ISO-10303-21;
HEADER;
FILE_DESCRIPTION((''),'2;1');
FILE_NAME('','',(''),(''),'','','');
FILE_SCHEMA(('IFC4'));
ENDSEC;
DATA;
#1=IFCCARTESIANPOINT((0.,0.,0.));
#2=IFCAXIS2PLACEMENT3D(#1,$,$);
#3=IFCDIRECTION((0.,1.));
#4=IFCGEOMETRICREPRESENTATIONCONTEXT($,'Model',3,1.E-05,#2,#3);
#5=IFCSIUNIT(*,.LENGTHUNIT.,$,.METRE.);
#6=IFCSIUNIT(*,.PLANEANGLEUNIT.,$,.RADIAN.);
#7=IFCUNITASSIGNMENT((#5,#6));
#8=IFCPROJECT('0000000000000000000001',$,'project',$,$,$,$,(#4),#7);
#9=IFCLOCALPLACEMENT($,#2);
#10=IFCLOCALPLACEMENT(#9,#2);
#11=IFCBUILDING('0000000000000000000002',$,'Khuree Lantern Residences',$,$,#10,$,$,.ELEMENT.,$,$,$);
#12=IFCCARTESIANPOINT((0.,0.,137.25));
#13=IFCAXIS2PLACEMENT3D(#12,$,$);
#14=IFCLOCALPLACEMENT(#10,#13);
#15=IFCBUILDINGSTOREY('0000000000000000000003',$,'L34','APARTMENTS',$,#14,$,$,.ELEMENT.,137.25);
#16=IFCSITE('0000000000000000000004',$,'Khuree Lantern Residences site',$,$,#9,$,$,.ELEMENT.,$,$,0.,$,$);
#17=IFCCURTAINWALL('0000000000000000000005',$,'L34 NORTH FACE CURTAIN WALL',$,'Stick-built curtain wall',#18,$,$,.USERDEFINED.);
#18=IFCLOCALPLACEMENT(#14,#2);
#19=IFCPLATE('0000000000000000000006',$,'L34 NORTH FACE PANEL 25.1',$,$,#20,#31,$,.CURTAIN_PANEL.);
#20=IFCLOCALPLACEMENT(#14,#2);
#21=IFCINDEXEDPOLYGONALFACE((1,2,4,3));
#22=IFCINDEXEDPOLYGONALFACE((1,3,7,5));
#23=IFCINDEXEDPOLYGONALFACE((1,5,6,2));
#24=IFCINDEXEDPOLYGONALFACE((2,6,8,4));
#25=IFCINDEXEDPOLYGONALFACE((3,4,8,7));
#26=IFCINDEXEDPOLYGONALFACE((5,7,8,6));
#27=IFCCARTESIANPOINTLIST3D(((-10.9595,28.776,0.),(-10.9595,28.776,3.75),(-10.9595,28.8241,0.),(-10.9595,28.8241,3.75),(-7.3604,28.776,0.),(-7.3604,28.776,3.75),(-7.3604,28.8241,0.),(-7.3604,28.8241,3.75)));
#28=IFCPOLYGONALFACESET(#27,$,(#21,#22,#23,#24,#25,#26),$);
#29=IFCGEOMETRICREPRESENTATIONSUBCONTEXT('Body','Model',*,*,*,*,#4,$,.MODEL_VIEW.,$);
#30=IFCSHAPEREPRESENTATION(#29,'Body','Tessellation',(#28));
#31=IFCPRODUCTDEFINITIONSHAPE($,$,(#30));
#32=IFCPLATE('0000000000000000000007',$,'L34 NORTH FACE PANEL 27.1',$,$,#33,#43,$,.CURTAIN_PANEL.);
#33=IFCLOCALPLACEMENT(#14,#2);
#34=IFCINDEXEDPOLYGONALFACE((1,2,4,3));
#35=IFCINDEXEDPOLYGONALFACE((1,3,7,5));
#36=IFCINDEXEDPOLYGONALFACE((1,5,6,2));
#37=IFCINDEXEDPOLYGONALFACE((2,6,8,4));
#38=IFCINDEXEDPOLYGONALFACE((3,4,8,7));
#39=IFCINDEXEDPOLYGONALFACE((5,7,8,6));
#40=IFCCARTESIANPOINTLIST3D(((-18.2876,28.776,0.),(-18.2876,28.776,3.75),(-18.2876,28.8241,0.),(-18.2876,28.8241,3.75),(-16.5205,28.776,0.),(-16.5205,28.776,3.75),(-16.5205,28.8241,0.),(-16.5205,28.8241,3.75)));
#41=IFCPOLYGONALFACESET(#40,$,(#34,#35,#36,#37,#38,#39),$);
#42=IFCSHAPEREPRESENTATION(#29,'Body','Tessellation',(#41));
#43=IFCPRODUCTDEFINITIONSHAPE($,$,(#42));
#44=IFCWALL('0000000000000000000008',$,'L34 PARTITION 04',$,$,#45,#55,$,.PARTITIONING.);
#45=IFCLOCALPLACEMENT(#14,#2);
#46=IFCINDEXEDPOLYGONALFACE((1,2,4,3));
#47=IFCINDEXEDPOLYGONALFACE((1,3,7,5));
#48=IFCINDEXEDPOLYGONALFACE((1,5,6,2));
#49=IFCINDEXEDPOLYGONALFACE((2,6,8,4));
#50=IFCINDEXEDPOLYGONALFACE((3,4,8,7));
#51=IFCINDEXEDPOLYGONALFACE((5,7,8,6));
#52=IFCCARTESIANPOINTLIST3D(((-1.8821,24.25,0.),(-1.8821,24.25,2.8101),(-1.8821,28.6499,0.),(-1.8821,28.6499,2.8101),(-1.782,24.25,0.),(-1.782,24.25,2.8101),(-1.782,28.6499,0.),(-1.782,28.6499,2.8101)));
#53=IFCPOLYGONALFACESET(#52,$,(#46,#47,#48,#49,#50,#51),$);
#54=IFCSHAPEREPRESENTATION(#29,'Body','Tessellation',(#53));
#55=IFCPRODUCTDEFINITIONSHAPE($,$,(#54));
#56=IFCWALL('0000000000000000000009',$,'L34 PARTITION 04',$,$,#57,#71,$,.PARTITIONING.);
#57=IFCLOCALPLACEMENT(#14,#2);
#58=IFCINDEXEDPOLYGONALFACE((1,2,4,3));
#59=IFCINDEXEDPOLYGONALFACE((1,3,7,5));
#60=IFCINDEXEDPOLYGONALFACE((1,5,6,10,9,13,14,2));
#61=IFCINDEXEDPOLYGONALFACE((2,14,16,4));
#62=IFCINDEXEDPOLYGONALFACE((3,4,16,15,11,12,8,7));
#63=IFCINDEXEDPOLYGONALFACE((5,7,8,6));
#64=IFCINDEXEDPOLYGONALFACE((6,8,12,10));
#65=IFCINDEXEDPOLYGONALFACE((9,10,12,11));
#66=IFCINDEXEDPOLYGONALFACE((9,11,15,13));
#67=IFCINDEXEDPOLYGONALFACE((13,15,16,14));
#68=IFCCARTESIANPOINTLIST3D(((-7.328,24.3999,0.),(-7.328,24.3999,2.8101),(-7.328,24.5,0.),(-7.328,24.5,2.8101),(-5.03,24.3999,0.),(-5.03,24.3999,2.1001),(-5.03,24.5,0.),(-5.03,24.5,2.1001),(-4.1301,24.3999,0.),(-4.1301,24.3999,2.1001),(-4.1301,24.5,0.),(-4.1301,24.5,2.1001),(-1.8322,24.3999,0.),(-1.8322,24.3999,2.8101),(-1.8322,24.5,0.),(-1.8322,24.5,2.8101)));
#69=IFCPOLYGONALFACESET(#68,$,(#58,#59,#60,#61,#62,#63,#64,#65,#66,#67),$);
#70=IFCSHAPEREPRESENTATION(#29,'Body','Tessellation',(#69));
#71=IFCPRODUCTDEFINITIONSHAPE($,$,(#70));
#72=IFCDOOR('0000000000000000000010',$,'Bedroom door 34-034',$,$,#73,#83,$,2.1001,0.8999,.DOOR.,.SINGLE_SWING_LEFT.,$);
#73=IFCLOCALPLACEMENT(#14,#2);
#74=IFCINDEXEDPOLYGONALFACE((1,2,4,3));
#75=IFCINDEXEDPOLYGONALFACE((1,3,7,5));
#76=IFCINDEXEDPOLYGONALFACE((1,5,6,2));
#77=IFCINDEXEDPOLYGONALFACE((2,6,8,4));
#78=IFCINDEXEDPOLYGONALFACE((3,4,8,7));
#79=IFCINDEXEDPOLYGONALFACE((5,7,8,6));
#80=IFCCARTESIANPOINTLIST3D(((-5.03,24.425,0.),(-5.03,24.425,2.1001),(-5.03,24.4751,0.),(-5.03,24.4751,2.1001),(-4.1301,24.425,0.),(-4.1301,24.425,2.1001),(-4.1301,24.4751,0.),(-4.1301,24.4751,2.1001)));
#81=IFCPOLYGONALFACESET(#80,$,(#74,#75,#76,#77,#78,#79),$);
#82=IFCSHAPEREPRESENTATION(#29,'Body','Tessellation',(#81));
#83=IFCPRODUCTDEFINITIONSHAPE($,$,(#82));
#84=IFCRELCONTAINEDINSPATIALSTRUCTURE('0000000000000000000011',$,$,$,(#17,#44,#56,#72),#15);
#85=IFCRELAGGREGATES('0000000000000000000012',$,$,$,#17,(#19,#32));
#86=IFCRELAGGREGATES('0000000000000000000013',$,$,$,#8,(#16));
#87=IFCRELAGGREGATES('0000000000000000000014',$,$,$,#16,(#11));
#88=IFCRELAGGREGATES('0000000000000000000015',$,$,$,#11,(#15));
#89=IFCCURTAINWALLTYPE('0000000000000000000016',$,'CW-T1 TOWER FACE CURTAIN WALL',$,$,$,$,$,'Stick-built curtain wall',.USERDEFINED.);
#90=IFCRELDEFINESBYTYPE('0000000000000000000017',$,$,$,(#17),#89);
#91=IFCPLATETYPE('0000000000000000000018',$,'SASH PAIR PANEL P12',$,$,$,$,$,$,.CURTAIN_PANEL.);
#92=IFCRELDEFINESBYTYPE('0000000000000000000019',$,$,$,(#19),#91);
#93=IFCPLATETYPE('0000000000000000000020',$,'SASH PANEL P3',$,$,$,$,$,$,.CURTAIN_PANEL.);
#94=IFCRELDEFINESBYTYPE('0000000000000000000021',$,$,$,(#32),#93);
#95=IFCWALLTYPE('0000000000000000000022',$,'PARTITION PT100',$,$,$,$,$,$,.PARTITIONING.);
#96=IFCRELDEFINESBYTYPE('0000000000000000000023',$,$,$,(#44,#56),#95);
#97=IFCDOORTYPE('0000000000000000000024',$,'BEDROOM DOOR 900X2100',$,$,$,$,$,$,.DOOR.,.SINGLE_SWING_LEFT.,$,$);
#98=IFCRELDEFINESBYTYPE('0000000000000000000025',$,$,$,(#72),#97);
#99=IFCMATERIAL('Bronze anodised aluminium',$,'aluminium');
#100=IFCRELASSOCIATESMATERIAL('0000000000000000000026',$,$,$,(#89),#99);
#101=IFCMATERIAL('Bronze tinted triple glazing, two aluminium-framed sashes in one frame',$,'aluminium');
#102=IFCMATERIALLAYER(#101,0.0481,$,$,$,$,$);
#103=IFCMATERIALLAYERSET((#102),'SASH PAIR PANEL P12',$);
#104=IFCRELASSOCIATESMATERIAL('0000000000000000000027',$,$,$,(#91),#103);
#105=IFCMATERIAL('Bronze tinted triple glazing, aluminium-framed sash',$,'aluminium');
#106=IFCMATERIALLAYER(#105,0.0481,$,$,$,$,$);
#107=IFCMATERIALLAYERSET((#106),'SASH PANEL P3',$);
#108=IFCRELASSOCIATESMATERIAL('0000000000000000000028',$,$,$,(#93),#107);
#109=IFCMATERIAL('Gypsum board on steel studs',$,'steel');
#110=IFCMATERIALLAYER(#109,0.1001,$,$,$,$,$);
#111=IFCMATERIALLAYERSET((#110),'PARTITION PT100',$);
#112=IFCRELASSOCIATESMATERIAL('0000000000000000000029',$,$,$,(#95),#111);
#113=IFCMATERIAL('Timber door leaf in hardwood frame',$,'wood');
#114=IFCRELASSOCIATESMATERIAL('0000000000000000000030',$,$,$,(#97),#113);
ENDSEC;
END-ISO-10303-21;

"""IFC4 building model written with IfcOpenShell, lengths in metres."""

from ifc_helpers import new_model, si_unit, direction, frame, frame_2d, origin, origin_2d, place, context, subcontext, project, spatial, rectangle, extrude, material, layer, layer_set, type_object, element, fill, aggregate, save


model = new_model("IFC4")

# Units and contexts
model_context = context("Model", 3, precision=1e-05, world=origin(), true_north=direction((0.0, 1.0)))
body_context = subcontext(model_context, "Body", "Model", "MODEL_VIEW")
ifc_project = project(units=[si_unit("LENGTHUNIT", "METRE"), si_unit("PLANEANGLEUNIT", "RADIAN")], contexts=[model_context])

# Site, building, storey
site_placement = place(None, origin())
site = spatial("IfcSite", under=ifc_project, at=site_placement, Name="Khuree Lantern Residences site", CompositionType="ELEMENT", RefElevation=0.0)
building_placement = place(site_placement, origin())
building = spatial("IfcBuilding", under=site, at=building_placement, Name="Khuree Lantern Residences", CompositionType="ELEMENT")
storey_placement = place(building_placement, frame((0.0, 0.0, 137.25)))
storey = spatial("IfcBuildingStorey", under=building, at=storey_placement, Name="L34", Description="APARTMENTS", CompositionType="ELEMENT", Elevation=137.25)

# Curtain wall
ifc_material_1 = material(Name="Bronze anodised aluminium", Category="aluminium")
curtain_wall_type = type_object("IfcCurtainWallType", Name="CW-T1 TOWER FACE CURTAIN WALL", ElementType="Stick-built curtain wall", PredefinedType="USERDEFINED", material=ifc_material_1)
curtain_wall_placement = place(storey_placement, origin())
curtain_wall = element("IfcCurtainWall", 1, at=curtain_wall_placement, inside=storey, type_object=curtain_wall_type, Name="L34 NORTH FACE CURTAIN WALL", ObjectType="Stick-built curtain wall", PredefinedType="USERDEFINED")

# Plates
ifc_material_2 = material(Name="Bronze tinted triple glazing, two aluminium-framed sashes in one frame", Category="aluminium")
ifc_layer_1 = layer(ifc_material_2, 0.0481)
ifc_layer_set_1 = layer_set([ifc_layer_1], Name="SASH PAIR PANEL P12")
plate_type_1 = type_object("IfcPlateType", Name="SASH PAIR PANEL P12", PredefinedType="CURTAIN_PANEL", material=ifc_layer_set_1)
plate_1_placement = place(storey_placement, frame((-9.1599, 28.8, 0.0), z_axis=(0.0, 0.0, 1.0), x_axis=(-1.0, 0.0, 0.0)))
plate_1 = element("IfcPlate", 2, at=plate_1_placement, type_object=plate_type_1, Name="L34 NORTH FACE PANEL 25.1", PredefinedType="CURTAIN_PANEL", context=body_context, shape_type="SweptSolid", body=[
    extrude(rectangle(XDim=3.5991, YDim=0.0481, at=origin_2d()), origin(), (0.0, 0.0, 1.0), 3.75),
])
ifc_material_3 = material(Name="Bronze tinted triple glazing, aluminium-framed sash", Category="aluminium")
ifc_layer_2 = layer(ifc_material_3, 0.0481)
ifc_layer_set_2 = layer_set([ifc_layer_2], Name="SASH PANEL P3")
plate_type_2 = type_object("IfcPlateType", Name="SASH PANEL P3", PredefinedType="CURTAIN_PANEL", material=ifc_layer_set_2)
plate_2_placement = place(storey_placement, frame((-17.4041, 28.8, 0.0), z_axis=(0.0, 0.0, 1.0), x_axis=(-1.0, 0.0, 0.0)))
plate_2 = element("IfcPlate", 3, at=plate_2_placement, type_object=plate_type_2, Name="L34 NORTH FACE PANEL 27.1", PredefinedType="CURTAIN_PANEL", context=body_context, shape_type="SweptSolid", body=[
    extrude(rectangle(XDim=1.7671, YDim=0.0481, at=origin_2d()), origin(), (0.0, 0.0, 1.0), 3.75),
])
aggregate(curtain_wall, [plate_1, plate_2])

# Wall
ifc_material_4 = material(Name="Gypsum board on steel studs", Category="steel")
ifc_layer_3 = layer(ifc_material_4, 0.1001)
ifc_layer_set_3 = layer_set([ifc_layer_3], Name="PARTITION PT100")
wall_type = type_object("IfcWallType", Name="PARTITION PT100", PredefinedType="PARTITIONING", material=ifc_layer_set_3)
wall_1_placement = place(storey_placement, frame((-1.832, 24.25, 0.0), z_axis=(0.0, 0.0, 1.0), x_axis=(0.0, 1.0, 0.0)))
element("IfcWall", 4, at=wall_1_placement, inside=storey, type_object=wall_type, Name="L34 PARTITION 04", PredefinedType="PARTITIONING", context=body_context, shape_type="SweptSolid", body=[
    extrude(rectangle(XDim=4.3999, YDim=0.1001, at=frame_2d((2.2, 0.0))), origin(), (0.0, 0.0, 1.0), 2.8101),
])

# Wall, opening, door
wall_2_placement = place(storey_placement, frame((-1.832, 24.45, 0.0), z_axis=(0.0, 0.0, 1.0), x_axis=(-1.0, 0.0, 0.0)))
wall_2 = element("IfcWall", 5, at=wall_2_placement, inside=storey, type_object=wall_type, Name="L34 PARTITION 04", PredefinedType="PARTITIONING", context=body_context, shape_type="SweptSolid", body=[
    extrude(rectangle(XDim=5.4958, YDim=0.1001, at=frame_2d((2.748, 0.0))), origin(), (0.0, 0.0, 1.0), 2.8101),
])
opening_placement = place(wall_2_placement, frame((2.2981, 0.0, 0.0)))
opening = element("IfcOpeningElement", 6, at=opening_placement, cuts=wall_2, PredefinedType="OPENING", context=body_context, shape_type="SweptSolid", body=[
    extrude(rectangle(XDim=0.8999, YDim=2.1001, at=frame_2d((0.45, 1.05))), frame((0.0, 0.0601, 0.0), z_axis=(0.0, -1.0, 0.0), x_axis=(1.0, 0.0, 0.0)), (0.0, 0.0, 1.0), 0.1201),
])
ifc_material_5 = material(Name="Timber door leaf in hardwood frame", Category="wood")
door_type = type_object("IfcDoorType", Name="BEDROOM DOOR 900X2100", OperationType="SINGLE_SWING_LEFT", PredefinedType="DOOR", material=ifc_material_5)
door_placement = place(opening_placement, origin())
door = element("IfcDoor", 7, at=door_placement, inside=storey, type_object=door_type, Name="Bedroom door 34-034", OperationType="SINGLE_SWING_LEFT", OverallHeight=2.1001, OverallWidth=0.8999, PredefinedType="DOOR", context=body_context, shape_type="SweptSolid", body=[
    extrude(rectangle(XDim=0.8999, YDim=2.1001, at=frame_2d((0.45, 1.05))), frame((0.0, 0.0249, 0.0), z_axis=(0.0, -1.0, 0.0), x_axis=(1.0, 0.0, 0.0)), (0.0, 0.0, 1.0), 0.05),
])
fill(opening, door)

save(model, "model.ifc")
